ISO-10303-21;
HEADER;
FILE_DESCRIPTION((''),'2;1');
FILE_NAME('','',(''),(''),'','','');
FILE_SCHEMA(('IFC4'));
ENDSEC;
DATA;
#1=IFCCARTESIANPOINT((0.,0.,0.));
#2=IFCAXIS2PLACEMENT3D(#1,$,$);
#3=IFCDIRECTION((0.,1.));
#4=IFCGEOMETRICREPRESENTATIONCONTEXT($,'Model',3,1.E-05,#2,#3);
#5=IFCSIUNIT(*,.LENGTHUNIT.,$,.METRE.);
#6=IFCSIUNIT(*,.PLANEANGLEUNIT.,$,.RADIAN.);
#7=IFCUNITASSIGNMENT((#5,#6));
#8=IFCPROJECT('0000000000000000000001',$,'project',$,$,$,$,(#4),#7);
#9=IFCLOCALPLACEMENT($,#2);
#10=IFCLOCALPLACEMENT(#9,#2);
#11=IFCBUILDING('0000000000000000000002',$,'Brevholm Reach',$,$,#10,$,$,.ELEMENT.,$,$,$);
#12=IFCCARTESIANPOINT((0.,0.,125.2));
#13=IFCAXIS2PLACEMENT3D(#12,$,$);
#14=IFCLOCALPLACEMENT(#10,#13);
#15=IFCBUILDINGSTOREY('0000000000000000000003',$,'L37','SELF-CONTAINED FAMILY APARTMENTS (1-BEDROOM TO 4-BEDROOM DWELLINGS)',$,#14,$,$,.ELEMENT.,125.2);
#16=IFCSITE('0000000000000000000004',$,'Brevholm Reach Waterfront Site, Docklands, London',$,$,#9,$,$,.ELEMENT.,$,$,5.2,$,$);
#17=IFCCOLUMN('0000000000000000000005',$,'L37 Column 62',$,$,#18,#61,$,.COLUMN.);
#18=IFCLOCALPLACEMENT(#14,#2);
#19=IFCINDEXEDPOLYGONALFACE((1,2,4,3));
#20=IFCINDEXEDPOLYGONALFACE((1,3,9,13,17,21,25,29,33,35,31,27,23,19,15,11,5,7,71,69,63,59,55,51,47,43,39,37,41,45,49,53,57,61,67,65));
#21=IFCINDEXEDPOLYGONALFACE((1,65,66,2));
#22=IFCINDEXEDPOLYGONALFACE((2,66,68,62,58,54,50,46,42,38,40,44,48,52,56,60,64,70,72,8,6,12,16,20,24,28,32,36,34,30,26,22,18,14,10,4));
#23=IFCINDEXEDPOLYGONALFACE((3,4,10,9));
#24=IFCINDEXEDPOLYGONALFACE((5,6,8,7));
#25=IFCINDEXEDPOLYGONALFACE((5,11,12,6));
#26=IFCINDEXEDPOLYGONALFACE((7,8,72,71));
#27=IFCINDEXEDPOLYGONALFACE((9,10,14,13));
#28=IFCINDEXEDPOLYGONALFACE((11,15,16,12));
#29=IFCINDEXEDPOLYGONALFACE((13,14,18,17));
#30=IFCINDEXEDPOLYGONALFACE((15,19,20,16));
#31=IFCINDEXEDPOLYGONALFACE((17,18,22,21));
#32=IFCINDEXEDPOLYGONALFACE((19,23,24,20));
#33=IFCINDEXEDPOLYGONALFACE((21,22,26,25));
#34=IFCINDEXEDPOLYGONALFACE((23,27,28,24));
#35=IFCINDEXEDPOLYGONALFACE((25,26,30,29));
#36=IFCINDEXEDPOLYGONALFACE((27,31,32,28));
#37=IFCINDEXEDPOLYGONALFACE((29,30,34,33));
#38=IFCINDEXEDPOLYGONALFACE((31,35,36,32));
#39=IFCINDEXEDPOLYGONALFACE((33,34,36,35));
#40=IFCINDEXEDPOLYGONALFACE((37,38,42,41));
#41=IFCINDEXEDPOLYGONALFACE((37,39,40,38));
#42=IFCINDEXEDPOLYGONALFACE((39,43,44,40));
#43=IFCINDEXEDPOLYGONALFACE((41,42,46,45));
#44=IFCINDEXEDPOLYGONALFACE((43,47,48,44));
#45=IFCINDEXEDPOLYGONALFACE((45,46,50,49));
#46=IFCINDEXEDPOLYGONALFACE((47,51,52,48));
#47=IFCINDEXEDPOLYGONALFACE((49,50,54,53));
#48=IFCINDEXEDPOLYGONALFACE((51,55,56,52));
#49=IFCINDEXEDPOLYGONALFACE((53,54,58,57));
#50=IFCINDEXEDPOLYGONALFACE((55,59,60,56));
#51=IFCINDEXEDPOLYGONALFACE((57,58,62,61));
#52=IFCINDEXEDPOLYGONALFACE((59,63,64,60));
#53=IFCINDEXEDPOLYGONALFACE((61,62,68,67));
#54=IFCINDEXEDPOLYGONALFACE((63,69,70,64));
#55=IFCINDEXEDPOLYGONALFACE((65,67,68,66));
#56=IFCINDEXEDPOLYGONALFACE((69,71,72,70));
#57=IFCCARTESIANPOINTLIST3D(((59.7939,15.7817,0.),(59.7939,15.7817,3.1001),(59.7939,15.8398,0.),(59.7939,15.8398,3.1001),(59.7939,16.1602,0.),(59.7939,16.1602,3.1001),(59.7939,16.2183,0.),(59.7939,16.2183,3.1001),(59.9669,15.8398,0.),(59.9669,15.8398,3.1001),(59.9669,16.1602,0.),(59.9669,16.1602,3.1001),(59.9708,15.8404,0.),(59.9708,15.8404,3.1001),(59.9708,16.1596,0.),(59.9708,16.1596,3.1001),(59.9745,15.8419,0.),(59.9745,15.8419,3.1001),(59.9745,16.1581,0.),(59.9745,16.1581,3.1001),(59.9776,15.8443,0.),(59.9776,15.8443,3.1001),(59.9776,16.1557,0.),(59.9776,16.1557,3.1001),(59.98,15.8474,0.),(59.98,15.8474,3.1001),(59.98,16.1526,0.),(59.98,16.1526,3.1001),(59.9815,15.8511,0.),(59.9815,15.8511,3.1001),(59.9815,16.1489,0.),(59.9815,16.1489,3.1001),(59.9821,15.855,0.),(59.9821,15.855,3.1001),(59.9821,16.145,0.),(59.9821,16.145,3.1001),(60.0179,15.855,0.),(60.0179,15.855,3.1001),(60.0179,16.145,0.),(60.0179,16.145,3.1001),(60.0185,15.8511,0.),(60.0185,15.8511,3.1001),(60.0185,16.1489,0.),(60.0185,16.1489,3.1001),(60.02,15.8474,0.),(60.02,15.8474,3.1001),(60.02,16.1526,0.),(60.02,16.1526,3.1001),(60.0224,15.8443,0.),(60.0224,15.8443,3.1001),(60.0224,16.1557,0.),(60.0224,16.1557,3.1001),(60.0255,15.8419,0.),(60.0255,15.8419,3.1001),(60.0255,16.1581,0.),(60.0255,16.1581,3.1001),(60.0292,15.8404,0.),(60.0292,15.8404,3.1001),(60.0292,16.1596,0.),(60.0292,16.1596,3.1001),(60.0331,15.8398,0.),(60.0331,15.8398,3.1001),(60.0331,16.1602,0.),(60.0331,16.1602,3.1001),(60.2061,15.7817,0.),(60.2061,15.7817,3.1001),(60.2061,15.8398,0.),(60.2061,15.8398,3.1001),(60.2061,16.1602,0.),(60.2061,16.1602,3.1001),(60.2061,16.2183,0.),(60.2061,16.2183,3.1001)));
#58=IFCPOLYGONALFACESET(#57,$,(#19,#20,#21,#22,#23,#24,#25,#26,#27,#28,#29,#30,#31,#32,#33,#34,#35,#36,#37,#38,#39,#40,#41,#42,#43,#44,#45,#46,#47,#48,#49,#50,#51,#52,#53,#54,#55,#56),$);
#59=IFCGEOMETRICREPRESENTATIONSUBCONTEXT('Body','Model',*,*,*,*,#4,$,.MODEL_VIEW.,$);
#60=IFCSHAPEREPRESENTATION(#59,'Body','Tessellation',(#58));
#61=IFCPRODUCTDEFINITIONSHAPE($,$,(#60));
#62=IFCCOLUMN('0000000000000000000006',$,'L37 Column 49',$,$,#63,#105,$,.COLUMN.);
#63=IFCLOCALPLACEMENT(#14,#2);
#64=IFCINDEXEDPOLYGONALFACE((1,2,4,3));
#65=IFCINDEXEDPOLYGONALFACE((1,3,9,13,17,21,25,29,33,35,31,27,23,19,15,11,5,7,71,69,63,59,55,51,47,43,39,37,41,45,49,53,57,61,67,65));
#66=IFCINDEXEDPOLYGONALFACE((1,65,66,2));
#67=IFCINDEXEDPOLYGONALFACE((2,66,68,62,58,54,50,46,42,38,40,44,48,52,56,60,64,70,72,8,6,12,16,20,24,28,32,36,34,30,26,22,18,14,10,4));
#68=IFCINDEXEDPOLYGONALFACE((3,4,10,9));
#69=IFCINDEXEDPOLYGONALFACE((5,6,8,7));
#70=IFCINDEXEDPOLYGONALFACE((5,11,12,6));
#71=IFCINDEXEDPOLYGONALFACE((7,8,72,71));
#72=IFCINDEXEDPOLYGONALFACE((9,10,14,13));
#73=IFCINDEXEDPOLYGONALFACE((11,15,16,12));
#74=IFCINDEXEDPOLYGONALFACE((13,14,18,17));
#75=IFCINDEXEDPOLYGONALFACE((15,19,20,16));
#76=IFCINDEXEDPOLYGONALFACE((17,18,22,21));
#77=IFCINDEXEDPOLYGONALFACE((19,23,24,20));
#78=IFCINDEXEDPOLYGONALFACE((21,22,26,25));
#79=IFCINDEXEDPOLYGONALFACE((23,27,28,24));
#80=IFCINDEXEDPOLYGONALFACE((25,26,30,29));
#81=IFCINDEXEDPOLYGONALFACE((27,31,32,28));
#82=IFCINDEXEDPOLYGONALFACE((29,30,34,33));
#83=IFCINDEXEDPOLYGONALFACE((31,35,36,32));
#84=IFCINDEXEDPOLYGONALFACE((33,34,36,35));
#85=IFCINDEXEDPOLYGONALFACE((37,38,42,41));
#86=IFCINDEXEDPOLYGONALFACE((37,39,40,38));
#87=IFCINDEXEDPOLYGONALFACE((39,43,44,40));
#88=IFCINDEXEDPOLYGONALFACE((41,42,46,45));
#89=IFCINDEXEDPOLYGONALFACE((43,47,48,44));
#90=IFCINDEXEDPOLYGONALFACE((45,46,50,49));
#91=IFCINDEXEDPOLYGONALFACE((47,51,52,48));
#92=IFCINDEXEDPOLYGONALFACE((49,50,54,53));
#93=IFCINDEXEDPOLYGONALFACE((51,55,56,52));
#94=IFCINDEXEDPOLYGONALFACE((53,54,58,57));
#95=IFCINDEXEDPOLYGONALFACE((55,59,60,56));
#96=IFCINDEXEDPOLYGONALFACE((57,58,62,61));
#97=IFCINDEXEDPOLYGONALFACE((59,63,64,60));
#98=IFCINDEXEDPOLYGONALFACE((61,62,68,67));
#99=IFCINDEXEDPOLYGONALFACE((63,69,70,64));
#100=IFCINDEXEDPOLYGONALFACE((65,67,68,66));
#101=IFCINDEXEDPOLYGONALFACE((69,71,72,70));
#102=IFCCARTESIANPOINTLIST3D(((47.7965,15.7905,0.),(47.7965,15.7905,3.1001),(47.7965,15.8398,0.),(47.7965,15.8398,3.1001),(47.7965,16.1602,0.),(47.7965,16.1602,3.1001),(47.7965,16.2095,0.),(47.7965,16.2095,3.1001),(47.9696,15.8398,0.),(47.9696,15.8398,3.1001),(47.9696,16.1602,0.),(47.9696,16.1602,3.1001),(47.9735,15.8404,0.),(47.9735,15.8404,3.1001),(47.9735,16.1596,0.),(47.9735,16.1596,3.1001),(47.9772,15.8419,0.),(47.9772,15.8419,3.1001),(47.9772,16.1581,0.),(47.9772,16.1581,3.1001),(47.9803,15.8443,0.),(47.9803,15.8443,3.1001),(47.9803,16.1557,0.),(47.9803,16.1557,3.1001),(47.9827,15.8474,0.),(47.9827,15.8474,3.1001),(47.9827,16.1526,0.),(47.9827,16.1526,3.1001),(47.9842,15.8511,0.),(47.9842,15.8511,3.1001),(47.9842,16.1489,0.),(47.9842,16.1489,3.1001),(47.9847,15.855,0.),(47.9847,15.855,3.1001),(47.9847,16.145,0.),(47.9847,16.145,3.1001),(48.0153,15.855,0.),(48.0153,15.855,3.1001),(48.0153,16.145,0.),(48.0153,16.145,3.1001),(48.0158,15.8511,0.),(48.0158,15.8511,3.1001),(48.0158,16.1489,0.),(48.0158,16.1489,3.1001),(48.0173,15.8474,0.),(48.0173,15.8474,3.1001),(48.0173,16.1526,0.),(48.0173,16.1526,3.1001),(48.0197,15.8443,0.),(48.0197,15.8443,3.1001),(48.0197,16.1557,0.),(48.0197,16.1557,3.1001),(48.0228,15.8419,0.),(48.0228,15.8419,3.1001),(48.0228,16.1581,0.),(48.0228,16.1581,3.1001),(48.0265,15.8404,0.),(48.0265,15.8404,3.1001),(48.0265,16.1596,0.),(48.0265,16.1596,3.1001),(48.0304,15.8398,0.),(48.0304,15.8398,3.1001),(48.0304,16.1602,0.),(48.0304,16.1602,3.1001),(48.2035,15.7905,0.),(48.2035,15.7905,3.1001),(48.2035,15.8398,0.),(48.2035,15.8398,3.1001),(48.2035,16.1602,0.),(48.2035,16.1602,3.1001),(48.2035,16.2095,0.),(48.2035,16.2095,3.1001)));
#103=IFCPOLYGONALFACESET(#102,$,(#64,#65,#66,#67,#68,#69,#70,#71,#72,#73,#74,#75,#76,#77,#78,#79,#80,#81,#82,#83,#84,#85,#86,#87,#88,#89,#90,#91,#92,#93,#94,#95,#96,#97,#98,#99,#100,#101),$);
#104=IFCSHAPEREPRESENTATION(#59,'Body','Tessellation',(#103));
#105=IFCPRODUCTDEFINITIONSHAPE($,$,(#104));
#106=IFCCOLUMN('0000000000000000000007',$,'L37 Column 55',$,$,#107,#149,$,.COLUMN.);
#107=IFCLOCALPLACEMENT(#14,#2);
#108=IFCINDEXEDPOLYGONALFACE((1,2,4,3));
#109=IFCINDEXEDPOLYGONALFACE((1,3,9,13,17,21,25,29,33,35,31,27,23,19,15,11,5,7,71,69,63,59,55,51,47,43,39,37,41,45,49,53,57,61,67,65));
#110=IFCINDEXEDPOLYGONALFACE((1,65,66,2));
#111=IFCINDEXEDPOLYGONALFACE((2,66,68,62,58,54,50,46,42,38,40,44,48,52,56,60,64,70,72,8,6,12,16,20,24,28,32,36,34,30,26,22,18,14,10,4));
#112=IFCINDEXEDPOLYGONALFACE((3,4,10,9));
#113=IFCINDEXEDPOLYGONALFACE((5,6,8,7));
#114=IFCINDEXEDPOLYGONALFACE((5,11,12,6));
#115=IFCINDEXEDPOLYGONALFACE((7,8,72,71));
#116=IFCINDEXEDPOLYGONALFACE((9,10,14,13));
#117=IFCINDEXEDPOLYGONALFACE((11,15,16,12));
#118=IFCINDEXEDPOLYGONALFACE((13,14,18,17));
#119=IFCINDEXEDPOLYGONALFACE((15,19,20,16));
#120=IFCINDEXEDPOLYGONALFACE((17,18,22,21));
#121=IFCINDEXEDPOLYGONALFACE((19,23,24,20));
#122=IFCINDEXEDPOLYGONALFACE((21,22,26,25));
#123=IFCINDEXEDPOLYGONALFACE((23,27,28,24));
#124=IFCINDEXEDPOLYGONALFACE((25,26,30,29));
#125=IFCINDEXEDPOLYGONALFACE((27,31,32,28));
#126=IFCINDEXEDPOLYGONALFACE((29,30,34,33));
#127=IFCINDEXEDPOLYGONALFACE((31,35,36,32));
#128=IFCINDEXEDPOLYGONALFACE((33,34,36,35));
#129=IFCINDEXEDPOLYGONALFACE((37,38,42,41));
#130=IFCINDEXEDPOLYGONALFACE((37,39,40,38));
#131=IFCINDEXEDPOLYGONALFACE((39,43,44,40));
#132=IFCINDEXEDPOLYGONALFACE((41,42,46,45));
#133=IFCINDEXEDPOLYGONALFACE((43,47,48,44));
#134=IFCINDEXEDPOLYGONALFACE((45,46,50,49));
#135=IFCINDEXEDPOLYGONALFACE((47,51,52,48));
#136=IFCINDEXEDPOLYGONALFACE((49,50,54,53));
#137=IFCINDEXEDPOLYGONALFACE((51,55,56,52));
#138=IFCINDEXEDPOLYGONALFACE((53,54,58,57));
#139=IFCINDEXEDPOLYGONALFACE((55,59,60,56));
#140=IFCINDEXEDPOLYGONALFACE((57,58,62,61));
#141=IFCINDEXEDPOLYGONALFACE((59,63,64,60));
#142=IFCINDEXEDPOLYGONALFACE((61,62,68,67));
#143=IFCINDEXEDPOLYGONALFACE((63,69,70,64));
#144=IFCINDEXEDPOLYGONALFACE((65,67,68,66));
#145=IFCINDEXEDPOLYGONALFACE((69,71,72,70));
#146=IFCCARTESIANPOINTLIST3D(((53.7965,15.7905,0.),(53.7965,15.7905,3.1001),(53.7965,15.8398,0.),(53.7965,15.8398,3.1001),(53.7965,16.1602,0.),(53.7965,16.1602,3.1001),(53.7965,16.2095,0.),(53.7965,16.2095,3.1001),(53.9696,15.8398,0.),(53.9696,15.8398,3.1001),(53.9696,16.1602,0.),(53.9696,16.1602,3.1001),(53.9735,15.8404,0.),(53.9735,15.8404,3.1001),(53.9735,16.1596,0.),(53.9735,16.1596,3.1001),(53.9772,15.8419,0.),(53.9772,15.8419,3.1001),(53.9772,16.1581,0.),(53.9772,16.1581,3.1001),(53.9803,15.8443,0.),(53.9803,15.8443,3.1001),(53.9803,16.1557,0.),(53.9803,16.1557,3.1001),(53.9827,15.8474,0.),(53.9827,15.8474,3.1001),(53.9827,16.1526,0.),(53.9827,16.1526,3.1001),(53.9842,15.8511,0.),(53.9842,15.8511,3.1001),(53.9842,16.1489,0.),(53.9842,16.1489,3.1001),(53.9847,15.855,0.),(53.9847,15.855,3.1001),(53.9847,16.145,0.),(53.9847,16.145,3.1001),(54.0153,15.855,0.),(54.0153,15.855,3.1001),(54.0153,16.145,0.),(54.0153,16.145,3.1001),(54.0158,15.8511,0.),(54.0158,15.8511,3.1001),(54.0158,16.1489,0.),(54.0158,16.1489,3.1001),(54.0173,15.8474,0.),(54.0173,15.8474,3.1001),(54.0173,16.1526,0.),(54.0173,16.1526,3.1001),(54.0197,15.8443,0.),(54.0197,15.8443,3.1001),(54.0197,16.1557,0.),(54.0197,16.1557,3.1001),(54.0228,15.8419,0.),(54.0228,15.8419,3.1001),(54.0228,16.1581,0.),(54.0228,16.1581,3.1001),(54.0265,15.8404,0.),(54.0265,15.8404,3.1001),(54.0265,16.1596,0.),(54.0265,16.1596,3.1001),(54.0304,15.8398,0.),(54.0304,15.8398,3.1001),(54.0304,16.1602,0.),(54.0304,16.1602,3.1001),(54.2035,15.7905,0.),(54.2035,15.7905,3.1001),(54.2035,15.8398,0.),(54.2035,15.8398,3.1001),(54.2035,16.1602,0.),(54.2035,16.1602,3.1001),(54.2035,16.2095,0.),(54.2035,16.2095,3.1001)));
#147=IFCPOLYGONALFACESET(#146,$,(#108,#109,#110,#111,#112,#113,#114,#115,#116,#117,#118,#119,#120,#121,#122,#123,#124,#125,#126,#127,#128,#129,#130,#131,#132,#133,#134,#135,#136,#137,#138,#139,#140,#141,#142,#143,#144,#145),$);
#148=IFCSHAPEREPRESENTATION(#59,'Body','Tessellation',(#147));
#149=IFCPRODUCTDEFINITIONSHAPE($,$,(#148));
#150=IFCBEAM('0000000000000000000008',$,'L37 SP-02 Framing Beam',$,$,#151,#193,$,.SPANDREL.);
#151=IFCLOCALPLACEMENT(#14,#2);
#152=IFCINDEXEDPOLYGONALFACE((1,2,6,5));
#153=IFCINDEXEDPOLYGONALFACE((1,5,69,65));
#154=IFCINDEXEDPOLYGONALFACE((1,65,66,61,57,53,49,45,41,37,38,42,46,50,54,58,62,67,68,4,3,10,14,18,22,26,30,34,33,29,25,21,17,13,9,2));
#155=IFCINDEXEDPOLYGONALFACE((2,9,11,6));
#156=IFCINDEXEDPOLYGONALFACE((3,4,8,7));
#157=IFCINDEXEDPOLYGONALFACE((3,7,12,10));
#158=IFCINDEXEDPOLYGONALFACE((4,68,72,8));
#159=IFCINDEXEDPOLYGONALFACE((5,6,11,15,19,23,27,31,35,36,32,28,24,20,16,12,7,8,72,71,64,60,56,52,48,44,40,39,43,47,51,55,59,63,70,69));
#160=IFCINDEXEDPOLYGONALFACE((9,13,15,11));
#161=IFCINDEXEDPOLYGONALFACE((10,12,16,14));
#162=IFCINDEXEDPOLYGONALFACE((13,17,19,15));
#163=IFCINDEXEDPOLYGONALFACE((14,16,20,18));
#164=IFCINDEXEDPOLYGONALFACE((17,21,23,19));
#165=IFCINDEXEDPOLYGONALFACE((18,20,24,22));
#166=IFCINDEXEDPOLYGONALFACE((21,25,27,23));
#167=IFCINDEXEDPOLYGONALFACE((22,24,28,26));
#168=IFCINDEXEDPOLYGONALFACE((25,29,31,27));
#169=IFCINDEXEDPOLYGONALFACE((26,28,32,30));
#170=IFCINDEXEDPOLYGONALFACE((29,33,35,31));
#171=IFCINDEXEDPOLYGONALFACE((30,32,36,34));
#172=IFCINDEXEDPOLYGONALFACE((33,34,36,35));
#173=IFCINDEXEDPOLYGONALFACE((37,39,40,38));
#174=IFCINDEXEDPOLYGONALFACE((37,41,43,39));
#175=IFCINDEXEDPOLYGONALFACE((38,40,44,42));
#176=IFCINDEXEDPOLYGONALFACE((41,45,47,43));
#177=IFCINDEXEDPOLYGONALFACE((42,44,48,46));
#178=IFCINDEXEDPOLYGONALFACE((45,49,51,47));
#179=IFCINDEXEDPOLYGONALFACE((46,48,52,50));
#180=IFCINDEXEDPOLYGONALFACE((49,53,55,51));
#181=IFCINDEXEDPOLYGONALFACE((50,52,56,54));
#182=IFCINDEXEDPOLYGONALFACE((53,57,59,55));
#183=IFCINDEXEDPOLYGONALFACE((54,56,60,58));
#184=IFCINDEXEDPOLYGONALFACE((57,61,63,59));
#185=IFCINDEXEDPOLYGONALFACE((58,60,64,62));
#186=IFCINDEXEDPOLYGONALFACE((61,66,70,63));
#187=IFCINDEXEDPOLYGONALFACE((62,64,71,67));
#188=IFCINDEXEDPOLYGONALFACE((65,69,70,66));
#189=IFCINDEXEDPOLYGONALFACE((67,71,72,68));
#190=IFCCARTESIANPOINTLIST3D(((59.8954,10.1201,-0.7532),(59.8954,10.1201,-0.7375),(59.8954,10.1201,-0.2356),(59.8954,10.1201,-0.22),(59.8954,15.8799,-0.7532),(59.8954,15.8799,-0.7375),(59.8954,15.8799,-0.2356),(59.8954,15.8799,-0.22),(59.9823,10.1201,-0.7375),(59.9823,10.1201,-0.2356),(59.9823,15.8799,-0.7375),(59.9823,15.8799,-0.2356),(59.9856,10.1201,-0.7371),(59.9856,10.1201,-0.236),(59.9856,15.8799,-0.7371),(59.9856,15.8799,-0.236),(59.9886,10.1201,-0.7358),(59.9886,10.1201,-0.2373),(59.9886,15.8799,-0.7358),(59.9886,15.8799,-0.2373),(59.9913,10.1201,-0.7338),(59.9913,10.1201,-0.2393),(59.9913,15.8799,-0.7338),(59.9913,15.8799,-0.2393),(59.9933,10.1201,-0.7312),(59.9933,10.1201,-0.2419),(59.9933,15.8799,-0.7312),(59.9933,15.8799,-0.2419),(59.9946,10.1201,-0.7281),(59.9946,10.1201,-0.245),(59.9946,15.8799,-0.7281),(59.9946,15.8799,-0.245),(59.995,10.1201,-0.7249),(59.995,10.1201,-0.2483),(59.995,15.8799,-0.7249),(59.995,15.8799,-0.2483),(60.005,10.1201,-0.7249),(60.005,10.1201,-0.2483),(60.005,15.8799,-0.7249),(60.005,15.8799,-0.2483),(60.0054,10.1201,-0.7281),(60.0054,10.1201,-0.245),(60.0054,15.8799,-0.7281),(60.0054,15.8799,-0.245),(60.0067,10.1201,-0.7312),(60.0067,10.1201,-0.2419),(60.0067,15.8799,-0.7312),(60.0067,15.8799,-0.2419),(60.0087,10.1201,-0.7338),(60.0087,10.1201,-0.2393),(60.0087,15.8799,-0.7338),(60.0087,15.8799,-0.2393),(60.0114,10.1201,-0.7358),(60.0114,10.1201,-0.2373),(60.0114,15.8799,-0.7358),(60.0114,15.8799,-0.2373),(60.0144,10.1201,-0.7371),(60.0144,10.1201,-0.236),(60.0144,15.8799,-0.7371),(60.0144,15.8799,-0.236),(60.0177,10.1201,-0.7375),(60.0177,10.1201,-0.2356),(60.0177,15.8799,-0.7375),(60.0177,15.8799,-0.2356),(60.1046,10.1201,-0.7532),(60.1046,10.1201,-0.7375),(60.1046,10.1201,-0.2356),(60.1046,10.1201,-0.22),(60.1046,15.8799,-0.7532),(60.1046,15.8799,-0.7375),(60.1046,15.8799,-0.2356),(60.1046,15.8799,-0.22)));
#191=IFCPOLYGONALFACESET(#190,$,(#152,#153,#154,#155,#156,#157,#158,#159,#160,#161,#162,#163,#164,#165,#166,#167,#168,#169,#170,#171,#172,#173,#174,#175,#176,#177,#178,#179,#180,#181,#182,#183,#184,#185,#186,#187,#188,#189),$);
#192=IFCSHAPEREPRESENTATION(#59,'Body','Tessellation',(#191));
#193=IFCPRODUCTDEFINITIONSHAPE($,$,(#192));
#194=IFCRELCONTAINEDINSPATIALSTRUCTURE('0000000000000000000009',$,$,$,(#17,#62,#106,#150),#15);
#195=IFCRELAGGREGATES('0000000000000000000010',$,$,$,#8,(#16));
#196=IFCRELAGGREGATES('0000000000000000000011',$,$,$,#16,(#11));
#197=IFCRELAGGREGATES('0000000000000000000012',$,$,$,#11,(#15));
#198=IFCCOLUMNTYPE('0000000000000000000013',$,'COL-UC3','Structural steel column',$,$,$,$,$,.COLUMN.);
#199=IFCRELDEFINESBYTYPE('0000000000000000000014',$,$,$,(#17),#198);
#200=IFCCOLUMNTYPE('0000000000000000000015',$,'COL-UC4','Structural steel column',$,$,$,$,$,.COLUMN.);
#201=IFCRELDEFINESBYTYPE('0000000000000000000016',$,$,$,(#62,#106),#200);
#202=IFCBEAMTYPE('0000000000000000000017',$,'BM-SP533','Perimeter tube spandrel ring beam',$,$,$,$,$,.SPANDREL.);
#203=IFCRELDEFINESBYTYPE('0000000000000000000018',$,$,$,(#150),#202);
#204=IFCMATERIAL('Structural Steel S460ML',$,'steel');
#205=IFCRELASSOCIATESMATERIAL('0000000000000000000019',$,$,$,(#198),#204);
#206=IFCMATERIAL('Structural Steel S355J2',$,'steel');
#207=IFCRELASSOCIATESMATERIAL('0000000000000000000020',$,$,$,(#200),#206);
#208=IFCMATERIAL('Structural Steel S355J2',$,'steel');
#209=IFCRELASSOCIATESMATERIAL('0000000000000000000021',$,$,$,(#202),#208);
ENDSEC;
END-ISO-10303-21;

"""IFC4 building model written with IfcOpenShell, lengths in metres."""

from ifc_helpers import new_model, si_unit, direction, frame, origin, origin_2d, place, context, subcontext, project, spatial, i_section, extrude, material, material_profile, profile_set, type_object, element, save


model = new_model("IFC4")

# Units and contexts
model_context = context("Model", 3, precision=1e-05, world=origin(), true_north=direction((0.0, 1.0)))
body_context = subcontext(model_context, "Body", "Model", "MODEL_VIEW")
ifc_project = project(units=[si_unit("LENGTHUNIT", "METRE"), si_unit("PLANEANGLEUNIT", "RADIAN")], contexts=[model_context])

# Site, building, storey
site_placement = place(None, origin())
site = spatial("IfcSite", under=ifc_project, at=site_placement, Name="Brevholm Reach Waterfront Site, Docklands, London", CompositionType="ELEMENT", RefElevation=5.2)
building_placement = place(site_placement, origin())
building = spatial("IfcBuilding", under=site, at=building_placement, Name="Brevholm Reach", CompositionType="ELEMENT")
storey_placement = place(building_placement, frame((0.0, 0.0, 125.2)))
storey = spatial("IfcBuildingStorey", under=building, at=storey_placement, Name="L37", Description="SELF-CONTAINED FAMILY APARTMENTS (1-BEDROOM TO 4-BEDROOM DWELLINGS)", CompositionType="ELEMENT", Elevation=125.2)

# Columns
ifc_material_1 = material(Name="Structural Steel S460ML", Category="steel")
ifc_material_profile_1 = material_profile(ifc_material_1, i_section(OverallWidth=0.4121, OverallDepth=0.4365, WebThickness=0.0359, FlangeThickness=0.0581, FilletRadius=0.0151, at=origin_2d()), Name="UKC 356x406x467")
ifc_profile_set_1 = profile_set([ifc_material_profile_1], Name="Structural Steel S460ML")
column_type_1 = type_object("IfcColumnType", Name="COL-UC3", Description="Structural steel column", PredefinedType="COLUMN", material=ifc_profile_set_1)
column_placement = place(storey_placement, frame((60.0, 16.0, 0.0), z_axis=(0.0, 0.0, 1.0), x_axis=(1.0, 0.0, 0.0)))
element("IfcColumn", 1, at=column_placement, inside=storey, type_object=column_type_1, Name="L37 Column 62", PredefinedType="COLUMN", context=body_context, shape_type="SweptSolid", body=[
    extrude(i_section(OverallWidth=0.4121, OverallDepth=0.4365, WebThickness=0.0359, FlangeThickness=0.0581, FilletRadius=0.0151, at=origin_2d()), origin(), (0.0, 0.0, 1.0), 3.1001),
])
ifc_material_2 = material(Name="Structural Steel S355J2", Category="steel")
ifc_material_profile_2 = material_profile(ifc_material_2, i_section(OverallWidth=0.407, OverallDepth=0.4189, WebThickness=0.0305, FlangeThickness=0.0493, FilletRadius=0.0151, at=origin_2d()), Name="UKC 356x406x393")
ifc_profile_set_2 = profile_set([ifc_material_profile_2], Name="Structural Steel S355J2")
column_type_2 = type_object("IfcColumnType", Name="COL-UC4", Description="Structural steel column", PredefinedType="COLUMN", material=ifc_profile_set_2)
for number, where, z_axis, x_axis, name in (
    (2, (48.0, 16.0, 0.0), (0.0, 0.0, 1.0), (1.0, 0.0, 0.0), "L37 Column 49"),
    (3, (54.0, 16.0, 0.0), (0.0, 0.0, 1.0), (1.0, 0.0, 0.0), "L37 Column 55"),
):
    element("IfcColumn", number, at=place(storey_placement, frame(where, z_axis=z_axis, x_axis=x_axis)), inside=storey, type_object=column_type_2, Name=name, PredefinedType="COLUMN", context=body_context, shape_type="SweptSolid", body=[
        extrude(i_section(OverallWidth=0.407, OverallDepth=0.4189, WebThickness=0.0305, FlangeThickness=0.0493, FilletRadius=0.0151, at=origin_2d()), origin(), (0.0, 0.0, 1.0), 3.1001),
    ])

# Beam
ifc_material_3 = material(Name="Structural Steel S355J2", Category="steel")
ifc_material_profile_3 = material_profile(ifc_material_3, i_section(OverallWidth=0.2092, OverallDepth=0.5332, WebThickness=0.01, FlangeThickness=0.0156, FilletRadius=0.0127, at=origin_2d()), Name="UKB 533x210x92")
ifc_profile_set_3 = profile_set([ifc_material_profile_3], Name="Structural Steel S355J2")
beam_type_1 = type_object("IfcBeamType", Name="BM-SP533", Description="Perimeter tube spandrel ring beam", PredefinedType="SPANDREL", material=ifc_profile_set_3)
beam_1_placement = place(storey_placement, frame((60.0, 10.1201, -0.4866), z_axis=(0.0, 1.0, 0.0), x_axis=(-1.0, 0.0, 0.0)))
element("IfcBeam", 4, at=beam_1_placement, inside=storey, type_object=beam_type_1, Name="L37 SP-02 Framing Beam", PredefinedType="SPANDREL", context=body_context, shape_type="SweptSolid", body=[
    extrude(i_section(OverallWidth=0.2092, OverallDepth=0.5332, WebThickness=0.01, FlangeThickness=0.0156, FilletRadius=0.0127, at=origin_2d()), origin(), (0.0, 0.0, 1.0), 5.7598),
])

save(model, "model.ifc")
